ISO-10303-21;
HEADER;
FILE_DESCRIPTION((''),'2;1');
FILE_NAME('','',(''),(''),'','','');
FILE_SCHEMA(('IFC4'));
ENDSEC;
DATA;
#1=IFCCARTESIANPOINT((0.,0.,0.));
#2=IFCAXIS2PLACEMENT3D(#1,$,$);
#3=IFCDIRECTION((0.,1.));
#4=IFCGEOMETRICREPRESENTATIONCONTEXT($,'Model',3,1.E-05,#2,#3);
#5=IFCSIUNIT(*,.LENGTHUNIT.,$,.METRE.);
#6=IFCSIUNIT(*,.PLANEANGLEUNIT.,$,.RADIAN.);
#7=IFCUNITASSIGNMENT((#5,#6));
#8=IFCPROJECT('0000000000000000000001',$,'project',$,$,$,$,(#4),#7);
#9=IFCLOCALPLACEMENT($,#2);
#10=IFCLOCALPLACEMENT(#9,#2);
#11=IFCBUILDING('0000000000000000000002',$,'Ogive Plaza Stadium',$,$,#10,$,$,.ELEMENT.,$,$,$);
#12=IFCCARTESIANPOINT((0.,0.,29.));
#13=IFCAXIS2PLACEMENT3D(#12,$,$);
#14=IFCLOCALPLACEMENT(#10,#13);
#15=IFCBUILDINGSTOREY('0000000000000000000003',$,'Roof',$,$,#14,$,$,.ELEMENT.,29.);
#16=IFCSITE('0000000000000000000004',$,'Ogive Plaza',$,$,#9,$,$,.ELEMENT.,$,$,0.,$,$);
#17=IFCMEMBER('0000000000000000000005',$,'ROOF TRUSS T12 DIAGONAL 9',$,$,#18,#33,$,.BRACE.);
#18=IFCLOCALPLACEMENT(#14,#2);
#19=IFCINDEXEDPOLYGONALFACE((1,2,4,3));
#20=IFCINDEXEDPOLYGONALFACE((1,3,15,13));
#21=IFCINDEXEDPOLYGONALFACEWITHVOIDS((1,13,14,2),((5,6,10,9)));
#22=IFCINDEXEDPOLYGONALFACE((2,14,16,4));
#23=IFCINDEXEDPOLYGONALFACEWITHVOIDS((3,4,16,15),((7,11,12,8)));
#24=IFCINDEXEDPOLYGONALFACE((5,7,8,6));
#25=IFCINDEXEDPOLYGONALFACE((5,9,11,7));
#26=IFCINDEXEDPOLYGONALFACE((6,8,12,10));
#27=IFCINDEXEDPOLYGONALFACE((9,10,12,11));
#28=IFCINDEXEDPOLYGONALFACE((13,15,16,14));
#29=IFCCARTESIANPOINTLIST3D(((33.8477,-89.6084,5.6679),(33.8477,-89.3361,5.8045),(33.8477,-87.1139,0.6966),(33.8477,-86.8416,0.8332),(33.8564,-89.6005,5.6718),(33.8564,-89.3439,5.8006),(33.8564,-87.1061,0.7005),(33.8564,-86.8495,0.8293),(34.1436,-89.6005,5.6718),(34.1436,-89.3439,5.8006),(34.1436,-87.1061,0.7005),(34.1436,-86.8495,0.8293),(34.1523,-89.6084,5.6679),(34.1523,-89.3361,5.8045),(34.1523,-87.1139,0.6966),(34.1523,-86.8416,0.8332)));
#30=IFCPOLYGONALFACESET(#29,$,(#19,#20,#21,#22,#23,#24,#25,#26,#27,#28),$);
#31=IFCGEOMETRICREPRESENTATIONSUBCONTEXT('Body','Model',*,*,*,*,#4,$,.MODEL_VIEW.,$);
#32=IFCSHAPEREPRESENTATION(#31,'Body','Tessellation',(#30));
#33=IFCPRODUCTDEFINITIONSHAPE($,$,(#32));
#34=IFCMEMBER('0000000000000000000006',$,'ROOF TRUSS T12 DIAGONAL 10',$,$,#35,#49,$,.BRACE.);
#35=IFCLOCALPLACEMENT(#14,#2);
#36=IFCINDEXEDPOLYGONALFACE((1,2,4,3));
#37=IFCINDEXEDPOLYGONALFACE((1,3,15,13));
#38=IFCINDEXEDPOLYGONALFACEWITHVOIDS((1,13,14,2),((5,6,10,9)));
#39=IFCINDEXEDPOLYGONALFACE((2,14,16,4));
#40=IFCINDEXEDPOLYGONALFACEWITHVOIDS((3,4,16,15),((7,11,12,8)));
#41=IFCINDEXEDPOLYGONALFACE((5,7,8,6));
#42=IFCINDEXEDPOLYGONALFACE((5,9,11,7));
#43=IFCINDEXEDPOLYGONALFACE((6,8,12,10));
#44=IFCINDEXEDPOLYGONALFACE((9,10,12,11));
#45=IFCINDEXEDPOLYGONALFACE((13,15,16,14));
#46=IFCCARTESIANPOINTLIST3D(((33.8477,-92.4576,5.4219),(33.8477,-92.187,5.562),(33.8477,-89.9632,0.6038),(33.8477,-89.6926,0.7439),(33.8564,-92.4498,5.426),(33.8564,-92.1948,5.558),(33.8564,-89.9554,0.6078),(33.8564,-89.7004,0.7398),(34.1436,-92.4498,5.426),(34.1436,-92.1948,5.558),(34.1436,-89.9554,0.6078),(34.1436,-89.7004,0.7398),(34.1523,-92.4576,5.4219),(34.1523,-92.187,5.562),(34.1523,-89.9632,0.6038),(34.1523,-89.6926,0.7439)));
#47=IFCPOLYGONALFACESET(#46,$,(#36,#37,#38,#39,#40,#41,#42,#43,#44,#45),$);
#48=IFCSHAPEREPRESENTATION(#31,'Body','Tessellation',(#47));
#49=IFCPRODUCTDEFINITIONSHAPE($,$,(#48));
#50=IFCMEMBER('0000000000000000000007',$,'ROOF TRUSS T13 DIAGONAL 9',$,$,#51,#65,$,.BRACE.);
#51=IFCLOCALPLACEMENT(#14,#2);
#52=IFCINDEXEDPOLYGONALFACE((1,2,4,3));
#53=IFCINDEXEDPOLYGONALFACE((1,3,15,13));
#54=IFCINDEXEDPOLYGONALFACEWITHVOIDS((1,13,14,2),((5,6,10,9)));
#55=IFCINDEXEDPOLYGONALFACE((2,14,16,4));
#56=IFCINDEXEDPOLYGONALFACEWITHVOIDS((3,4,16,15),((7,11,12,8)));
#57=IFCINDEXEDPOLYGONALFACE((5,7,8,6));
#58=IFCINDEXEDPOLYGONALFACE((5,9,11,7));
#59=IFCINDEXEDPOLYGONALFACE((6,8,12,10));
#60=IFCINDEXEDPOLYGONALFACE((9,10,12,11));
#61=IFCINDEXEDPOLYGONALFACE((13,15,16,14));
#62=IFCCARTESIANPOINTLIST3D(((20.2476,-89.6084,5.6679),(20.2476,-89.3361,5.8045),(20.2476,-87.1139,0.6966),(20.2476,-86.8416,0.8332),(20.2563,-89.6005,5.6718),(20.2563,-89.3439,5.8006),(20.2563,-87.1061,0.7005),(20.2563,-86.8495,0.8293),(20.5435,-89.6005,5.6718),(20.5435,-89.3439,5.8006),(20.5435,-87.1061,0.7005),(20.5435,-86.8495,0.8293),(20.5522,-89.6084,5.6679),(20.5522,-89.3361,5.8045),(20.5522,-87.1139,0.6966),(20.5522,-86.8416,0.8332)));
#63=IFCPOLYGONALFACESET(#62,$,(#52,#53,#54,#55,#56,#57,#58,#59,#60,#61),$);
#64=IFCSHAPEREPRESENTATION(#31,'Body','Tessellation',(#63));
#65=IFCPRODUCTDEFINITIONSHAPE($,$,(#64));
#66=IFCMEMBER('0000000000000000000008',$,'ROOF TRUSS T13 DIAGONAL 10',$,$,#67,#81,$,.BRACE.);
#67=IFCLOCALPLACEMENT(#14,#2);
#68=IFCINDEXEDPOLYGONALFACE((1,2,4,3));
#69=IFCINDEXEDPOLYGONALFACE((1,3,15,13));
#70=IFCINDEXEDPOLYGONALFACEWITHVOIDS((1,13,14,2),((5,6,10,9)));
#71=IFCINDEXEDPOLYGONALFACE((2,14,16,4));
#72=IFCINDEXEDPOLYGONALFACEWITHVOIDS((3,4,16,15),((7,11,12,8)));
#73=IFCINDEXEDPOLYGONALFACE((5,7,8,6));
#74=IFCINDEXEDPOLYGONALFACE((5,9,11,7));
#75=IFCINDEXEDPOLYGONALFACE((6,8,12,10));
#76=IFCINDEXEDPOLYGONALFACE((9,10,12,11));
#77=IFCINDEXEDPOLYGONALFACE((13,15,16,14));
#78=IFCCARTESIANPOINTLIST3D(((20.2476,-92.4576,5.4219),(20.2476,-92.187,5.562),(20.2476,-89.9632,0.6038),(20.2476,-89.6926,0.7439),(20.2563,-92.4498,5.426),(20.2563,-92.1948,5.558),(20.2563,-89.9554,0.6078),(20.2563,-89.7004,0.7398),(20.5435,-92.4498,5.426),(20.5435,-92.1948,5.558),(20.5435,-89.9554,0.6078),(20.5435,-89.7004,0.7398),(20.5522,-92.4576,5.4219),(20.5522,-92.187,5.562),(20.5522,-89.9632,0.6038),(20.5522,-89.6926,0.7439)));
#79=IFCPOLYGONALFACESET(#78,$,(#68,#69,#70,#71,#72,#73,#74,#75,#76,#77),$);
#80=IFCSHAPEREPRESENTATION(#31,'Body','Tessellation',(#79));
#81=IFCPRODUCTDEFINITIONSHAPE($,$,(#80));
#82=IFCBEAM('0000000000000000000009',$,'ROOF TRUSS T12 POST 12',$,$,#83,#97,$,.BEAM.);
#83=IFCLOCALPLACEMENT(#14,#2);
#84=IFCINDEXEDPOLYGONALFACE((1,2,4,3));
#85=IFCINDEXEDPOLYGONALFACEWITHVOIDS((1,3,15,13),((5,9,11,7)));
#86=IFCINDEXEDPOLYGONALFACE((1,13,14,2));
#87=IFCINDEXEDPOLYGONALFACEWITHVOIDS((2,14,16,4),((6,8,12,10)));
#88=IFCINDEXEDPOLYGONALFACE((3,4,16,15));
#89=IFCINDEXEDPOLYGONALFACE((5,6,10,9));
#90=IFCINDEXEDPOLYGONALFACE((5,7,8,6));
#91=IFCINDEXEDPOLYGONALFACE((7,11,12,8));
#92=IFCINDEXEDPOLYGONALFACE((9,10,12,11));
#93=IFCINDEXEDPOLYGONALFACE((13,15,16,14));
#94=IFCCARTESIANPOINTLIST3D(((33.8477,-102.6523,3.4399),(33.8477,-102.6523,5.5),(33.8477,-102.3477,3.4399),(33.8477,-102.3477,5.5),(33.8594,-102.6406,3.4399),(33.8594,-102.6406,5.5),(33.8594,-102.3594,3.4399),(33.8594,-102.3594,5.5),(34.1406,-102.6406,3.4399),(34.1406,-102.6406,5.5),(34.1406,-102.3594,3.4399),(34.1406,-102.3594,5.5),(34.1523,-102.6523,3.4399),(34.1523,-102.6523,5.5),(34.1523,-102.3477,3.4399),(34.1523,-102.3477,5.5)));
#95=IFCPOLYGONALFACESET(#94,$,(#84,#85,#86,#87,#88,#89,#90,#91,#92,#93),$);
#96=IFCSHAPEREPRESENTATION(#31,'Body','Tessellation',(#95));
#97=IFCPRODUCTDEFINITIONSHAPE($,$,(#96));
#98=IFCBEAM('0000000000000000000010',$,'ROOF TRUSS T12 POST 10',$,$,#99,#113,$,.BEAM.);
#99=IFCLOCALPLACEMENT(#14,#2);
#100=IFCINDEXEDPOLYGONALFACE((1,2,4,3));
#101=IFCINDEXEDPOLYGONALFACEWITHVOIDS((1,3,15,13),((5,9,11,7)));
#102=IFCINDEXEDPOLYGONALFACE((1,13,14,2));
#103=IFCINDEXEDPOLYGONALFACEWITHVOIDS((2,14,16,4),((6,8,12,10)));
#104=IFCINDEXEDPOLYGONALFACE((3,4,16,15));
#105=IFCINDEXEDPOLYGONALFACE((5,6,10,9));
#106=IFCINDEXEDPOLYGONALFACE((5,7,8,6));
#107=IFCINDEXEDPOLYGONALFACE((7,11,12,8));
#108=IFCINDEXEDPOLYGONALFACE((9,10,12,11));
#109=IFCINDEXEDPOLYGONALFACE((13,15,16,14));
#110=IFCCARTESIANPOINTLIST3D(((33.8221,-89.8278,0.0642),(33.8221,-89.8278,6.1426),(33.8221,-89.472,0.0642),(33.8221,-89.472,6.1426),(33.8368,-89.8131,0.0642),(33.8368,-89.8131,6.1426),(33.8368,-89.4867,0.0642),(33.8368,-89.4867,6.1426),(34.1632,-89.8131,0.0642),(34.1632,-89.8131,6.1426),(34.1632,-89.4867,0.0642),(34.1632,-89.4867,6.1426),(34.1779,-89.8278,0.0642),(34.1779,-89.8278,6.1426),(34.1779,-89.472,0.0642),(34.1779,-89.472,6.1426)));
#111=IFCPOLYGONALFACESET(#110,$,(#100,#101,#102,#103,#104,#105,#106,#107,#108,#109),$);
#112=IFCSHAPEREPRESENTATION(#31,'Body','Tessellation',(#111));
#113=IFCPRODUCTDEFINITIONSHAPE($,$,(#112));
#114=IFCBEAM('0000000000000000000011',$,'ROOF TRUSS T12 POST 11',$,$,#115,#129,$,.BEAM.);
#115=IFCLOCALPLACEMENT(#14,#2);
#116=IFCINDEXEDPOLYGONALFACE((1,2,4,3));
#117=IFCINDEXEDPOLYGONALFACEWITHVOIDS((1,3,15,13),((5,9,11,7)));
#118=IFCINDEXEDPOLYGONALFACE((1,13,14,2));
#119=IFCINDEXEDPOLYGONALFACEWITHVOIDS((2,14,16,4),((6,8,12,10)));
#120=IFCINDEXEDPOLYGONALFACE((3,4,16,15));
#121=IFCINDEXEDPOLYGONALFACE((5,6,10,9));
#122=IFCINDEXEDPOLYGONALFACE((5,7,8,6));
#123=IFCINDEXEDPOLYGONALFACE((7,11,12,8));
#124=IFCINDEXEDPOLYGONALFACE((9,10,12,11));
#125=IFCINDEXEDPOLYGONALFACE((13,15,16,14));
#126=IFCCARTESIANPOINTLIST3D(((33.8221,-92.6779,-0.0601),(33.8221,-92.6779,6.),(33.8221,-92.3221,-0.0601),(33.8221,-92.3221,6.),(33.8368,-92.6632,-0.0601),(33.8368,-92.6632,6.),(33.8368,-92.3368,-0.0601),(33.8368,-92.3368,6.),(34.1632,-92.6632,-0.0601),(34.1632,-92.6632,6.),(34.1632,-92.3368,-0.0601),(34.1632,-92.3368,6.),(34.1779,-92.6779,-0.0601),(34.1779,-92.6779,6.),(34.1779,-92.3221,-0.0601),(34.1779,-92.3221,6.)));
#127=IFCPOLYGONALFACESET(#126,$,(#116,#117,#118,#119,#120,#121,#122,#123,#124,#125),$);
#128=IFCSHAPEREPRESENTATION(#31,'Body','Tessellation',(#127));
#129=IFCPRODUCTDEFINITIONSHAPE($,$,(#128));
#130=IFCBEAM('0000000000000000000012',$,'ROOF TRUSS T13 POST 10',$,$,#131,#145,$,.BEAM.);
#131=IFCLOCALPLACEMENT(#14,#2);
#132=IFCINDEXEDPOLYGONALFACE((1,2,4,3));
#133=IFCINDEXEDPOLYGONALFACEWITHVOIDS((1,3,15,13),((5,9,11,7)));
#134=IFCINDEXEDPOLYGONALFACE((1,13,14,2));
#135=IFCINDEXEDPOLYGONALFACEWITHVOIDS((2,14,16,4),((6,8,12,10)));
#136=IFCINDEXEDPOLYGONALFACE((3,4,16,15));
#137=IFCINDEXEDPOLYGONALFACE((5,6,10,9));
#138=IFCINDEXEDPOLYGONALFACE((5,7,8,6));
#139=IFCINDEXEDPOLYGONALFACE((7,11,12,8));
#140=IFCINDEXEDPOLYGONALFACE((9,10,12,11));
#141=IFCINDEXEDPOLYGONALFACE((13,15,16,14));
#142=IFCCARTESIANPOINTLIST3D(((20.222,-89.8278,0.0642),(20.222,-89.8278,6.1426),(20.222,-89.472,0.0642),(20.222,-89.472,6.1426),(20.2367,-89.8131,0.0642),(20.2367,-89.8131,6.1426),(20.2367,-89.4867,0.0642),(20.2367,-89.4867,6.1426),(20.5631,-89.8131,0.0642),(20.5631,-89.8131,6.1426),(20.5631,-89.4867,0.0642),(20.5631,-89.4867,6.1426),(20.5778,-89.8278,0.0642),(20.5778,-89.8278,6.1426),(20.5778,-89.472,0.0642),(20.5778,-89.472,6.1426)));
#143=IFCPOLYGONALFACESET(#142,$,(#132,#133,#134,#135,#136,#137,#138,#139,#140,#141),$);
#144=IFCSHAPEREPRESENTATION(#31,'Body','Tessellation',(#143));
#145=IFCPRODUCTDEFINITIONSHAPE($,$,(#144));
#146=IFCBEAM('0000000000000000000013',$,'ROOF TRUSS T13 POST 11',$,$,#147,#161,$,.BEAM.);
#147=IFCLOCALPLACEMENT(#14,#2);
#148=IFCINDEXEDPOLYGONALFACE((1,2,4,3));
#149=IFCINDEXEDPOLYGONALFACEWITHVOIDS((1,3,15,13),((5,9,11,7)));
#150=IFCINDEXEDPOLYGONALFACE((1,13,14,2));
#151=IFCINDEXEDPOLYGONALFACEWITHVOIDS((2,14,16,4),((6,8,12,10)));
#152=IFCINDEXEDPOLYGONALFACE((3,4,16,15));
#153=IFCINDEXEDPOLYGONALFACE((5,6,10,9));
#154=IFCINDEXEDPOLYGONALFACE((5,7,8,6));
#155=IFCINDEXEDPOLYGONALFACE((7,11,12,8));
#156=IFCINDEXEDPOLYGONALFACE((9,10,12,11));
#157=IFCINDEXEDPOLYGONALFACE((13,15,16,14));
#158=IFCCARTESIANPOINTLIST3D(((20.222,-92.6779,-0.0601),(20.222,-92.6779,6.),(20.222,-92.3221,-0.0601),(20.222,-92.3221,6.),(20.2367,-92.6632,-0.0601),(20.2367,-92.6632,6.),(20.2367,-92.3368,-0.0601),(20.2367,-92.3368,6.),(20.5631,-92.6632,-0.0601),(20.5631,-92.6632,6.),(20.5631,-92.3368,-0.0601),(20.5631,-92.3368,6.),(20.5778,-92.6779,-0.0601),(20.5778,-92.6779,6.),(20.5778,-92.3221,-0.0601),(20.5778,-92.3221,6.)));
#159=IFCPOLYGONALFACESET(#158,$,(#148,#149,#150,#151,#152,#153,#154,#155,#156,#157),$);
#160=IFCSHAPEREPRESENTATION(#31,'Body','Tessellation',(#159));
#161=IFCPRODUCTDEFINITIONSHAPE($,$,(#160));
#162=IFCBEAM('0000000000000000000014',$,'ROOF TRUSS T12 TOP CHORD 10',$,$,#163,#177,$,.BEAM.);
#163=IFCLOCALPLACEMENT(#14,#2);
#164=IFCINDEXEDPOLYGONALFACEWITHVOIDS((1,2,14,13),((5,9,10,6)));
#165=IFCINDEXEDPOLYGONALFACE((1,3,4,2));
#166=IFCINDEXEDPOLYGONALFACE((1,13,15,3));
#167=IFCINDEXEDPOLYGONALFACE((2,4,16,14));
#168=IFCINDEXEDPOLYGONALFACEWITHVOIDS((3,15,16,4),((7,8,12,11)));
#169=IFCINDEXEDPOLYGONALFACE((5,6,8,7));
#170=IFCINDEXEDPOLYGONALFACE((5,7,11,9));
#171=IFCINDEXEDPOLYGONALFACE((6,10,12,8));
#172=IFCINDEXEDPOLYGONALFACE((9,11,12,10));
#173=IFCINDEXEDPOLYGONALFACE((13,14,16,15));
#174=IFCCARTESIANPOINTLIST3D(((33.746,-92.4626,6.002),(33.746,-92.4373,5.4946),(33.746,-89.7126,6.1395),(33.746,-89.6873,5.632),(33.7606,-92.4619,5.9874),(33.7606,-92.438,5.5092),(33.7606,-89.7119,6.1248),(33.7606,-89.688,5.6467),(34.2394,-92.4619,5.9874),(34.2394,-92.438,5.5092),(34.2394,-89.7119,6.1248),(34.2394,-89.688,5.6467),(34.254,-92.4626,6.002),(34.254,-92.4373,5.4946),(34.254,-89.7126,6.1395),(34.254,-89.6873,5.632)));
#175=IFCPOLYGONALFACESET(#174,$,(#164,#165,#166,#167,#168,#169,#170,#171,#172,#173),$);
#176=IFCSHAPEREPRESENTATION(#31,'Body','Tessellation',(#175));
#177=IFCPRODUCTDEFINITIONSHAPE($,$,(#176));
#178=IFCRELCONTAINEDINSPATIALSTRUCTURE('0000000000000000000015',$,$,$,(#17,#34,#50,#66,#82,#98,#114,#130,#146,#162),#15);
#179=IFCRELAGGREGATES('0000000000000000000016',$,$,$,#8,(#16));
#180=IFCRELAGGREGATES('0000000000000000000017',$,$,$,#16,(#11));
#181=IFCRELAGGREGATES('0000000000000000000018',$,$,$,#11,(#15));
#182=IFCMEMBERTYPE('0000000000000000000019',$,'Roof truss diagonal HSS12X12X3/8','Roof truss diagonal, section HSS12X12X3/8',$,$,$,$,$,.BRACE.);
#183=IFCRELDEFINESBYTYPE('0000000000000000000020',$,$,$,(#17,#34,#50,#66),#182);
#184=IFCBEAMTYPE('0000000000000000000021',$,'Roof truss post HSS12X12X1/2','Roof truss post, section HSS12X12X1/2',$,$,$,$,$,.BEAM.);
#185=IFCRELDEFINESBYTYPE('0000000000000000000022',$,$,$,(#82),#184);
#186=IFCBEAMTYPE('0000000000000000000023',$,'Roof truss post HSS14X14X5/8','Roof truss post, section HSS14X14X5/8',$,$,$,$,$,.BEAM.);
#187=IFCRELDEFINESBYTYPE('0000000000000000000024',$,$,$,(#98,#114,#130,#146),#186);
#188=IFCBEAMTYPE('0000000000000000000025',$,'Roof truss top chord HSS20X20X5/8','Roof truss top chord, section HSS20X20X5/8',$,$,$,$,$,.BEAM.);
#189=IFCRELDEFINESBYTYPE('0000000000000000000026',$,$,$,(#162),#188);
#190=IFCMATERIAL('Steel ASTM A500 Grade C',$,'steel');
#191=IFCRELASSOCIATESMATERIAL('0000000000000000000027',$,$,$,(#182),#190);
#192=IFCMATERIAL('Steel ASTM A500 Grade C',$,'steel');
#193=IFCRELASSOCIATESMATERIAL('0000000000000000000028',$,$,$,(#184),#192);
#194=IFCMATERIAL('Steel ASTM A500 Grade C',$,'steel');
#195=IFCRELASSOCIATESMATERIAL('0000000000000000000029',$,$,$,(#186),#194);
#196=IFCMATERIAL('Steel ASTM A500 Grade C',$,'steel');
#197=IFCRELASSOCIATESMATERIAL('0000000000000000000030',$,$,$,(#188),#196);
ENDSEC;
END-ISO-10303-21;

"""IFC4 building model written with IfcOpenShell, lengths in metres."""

from ifc_helpers import new_model, si_unit, direction, frame, origin, origin_2d, place, context, subcontext, project, spatial, hollow_rectangle, extrude, material, material_profile, profile_set, type_object, element, save


model = new_model("IFC4")

# Units and contexts
model_context = context("Model", 3, precision=1e-05, world=origin(), true_north=direction((0.0, 1.0)))
body_context = subcontext(model_context, "Body", "Model", "MODEL_VIEW")
ifc_project = project(units=[si_unit("LENGTHUNIT", "METRE"), si_unit("PLANEANGLEUNIT", "RADIAN")], contexts=[model_context])

# Site, building, storey
site_placement = place(None, origin())
site = spatial("IfcSite", under=ifc_project, at=site_placement, Name="Ogive Plaza", CompositionType="ELEMENT", RefElevation=0.0)
building_placement = place(site_placement, origin())
building = spatial("IfcBuilding", under=site, at=building_placement, Name="Ogive Plaza Stadium", CompositionType="ELEMENT")
storey_placement = place(building_placement, frame((0.0, 0.0, 29.0)))
storey = spatial("IfcBuildingStorey", under=building, at=storey_placement, Name="Roof", CompositionType="ELEMENT", Elevation=29.0)

# Members
ifc_material_1 = material(Name="Steel ASTM A500 Grade C", Category="steel")
ifc_material_profile_1 = material_profile(ifc_material_1, hollow_rectangle(XDim=0.3047, YDim=0.3047, WallThickness=0.0088, at=origin_2d()), Name="HSS12X12X3/8")
ifc_profile_set_1 = profile_set([ifc_material_profile_1], Name="Steel ASTM A500 Grade C")
member_type_1 = type_object("IfcMemberType", Name="Roof truss diagonal HSS12X12X3/8", Description="Roof truss diagonal, section HSS12X12X3/8", PredefinedType="BRACE", material=ifc_profile_set_1)
member_1_placement = place(storey_placement, frame((34.0, -86.9778, 0.7649), z_axis=(0.0, -0.448477, 0.893794), x_axis=(1.0, 0.0, 0.0)))
element("IfcMember", 1, at=member_1_placement, inside=storey, type_object=member_type_1, Name="ROOF TRUSS T12 DIAGONAL 9", PredefinedType="BRACE", context=body_context, shape_type="SweptSolid", body=[
    extrude(hollow_rectangle(XDim=0.3047, YDim=0.3047, WallThickness=0.0088, at=origin_2d()), origin(), (0.0, 0.0, 1.0), 5.562),
])
member_2_placement = place(storey_placement, frame((34.0, -89.8279, 0.6738), z_axis=(0.0, -0.459751, 0.888048), x_axis=(1.0, 0.0, 0.0)))
element("IfcMember", 2, at=member_2_placement, inside=storey, type_object=member_type_1, Name="ROOF TRUSS T12 DIAGONAL 10", PredefinedType="BRACE", context=body_context, shape_type="SweptSolid", body=[
    extrude(hollow_rectangle(XDim=0.3047, YDim=0.3047, WallThickness=0.0088, at=origin_2d()), origin(), (0.0, 0.0, 1.0), 5.4255),
])
member_3_placement = place(storey_placement, frame((20.3999, -86.9778, 0.7649), z_axis=(0.0, -0.448477, 0.893794), x_axis=(1.0, 0.0, 0.0)))
element("IfcMember", 3, at=member_3_placement, inside=storey, type_object=member_type_1, Name="ROOF TRUSS T13 DIAGONAL 9", PredefinedType="BRACE", context=body_context, shape_type="SweptSolid", body=[
    extrude(hollow_rectangle(XDim=0.3047, YDim=0.3047, WallThickness=0.0088, at=origin_2d()), origin(), (0.0, 0.0, 1.0), 5.562),
])
member_4_placement = place(storey_placement, frame((20.3999, -89.8279, 0.6738), z_axis=(0.0, -0.459751, 0.888048), x_axis=(1.0, 0.0, 0.0)))
element("IfcMember", 4, at=member_4_placement, inside=storey, type_object=member_type_1, Name="ROOF TRUSS T13 DIAGONAL 10", PredefinedType="BRACE", context=body_context, shape_type="SweptSolid", body=[
    extrude(hollow_rectangle(XDim=0.3047, YDim=0.3047, WallThickness=0.0088, at=origin_2d()), origin(), (0.0, 0.0, 1.0), 5.4255),
])

# Beams
ifc_material_2 = material(Name="Steel ASTM A500 Grade C", Category="steel")
ifc_material_profile_2 = material_profile(ifc_material_2, hollow_rectangle(XDim=0.3047, YDim=0.3047, WallThickness=0.0117, at=origin_2d()), Name="HSS12X12X1/2")
ifc_profile_set_2 = profile_set([ifc_material_profile_2], Name="Steel ASTM A500 Grade C")
beam_type_1 = type_object("IfcBeamType", Name="Roof truss post HSS12X12X1/2", Description="Roof truss post, section HSS12X12X1/2", PredefinedType="BEAM", material=ifc_profile_set_2)
beam_1_placement = place(storey_placement, frame((34.0, -102.5, 3.4399), z_axis=(0.0, 0.0, 1.0), x_axis=(1.0, 0.0, 0.0)))
element("IfcBeam", 5, at=beam_1_placement, inside=storey, type_object=beam_type_1, Name="ROOF TRUSS T12 POST 12", PredefinedType="BEAM", context=body_context, shape_type="SweptSolid", body=[
    extrude(hollow_rectangle(XDim=0.3047, YDim=0.3047, WallThickness=0.0117, at=origin_2d()), origin(), (0.0, 0.0, 1.0), 2.0601),
])
ifc_material_3 = material(Name="Steel ASTM A500 Grade C", Category="steel")
ifc_material_profile_3 = material_profile(ifc_material_3, hollow_rectangle(XDim=0.3557, YDim=0.3557, WallThickness=0.0146, at=origin_2d()), Name="HSS14X14X5/8")
ifc_profile_set_3 = profile_set([ifc_material_profile_3], Name="Steel ASTM A500 Grade C")
beam_type_2 = type_object("IfcBeamType", Name="Roof truss post HSS14X14X5/8", Description="Roof truss post, section HSS14X14X5/8", PredefinedType="BEAM", material=ifc_profile_set_3)
beam_2_placement = place(storey_placement, frame((34.0, -89.6499, 0.0642), z_axis=(0.0, 0.0, 1.0), x_axis=(1.0, 0.0, 0.0)))
element("IfcBeam", 6, at=beam_2_placement, inside=storey, type_object=beam_type_2, Name="ROOF TRUSS T12 POST 10", PredefinedType="BEAM", context=body_context, shape_type="SweptSolid", body=[
    extrude(hollow_rectangle(XDim=0.3557, YDim=0.3557, WallThickness=0.0146, at=origin_2d()), origin(), (0.0, 0.0, 1.0), 6.0784),
])
beam_3_placement = place(storey_placement, frame((34.0, -92.5, -0.0601), z_axis=(0.0, 0.0, 1.0), x_axis=(1.0, 0.0, 0.0)))
element("IfcBeam", 7, at=beam_3_placement, inside=storey, type_object=beam_type_2, Name="ROOF TRUSS T12 POST 11", PredefinedType="BEAM", context=body_context, shape_type="SweptSolid", body=[
    extrude(hollow_rectangle(XDim=0.3557, YDim=0.3557, WallThickness=0.0146, at=origin_2d()), origin(), (0.0, 0.0, 1.0), 6.0601),
])
beam_4_placement = place(storey_placement, frame((20.3999, -89.6499, 0.0642), z_axis=(0.0, 0.0, 1.0), x_axis=(1.0, 0.0, 0.0)))
element("IfcBeam", 8, at=beam_4_placement, inside=storey, type_object=beam_type_2, Name="ROOF TRUSS T13 POST 10", PredefinedType="BEAM", context=body_context, shape_type="SweptSolid", body=[
    extrude(hollow_rectangle(XDim=0.3557, YDim=0.3557, WallThickness=0.0146, at=origin_2d()), origin(), (0.0, 0.0, 1.0), 6.0784),
])
beam_5_placement = place(storey_placement, frame((20.3999, -92.5, -0.0601), z_axis=(0.0, 0.0, 1.0), x_axis=(1.0, 0.0, 0.0)))
element("IfcBeam", 9, at=beam_5_placement, inside=storey, type_object=beam_type_2, Name="ROOF TRUSS T13 POST 11", PredefinedType="BEAM", context=body_context, shape_type="SweptSolid", body=[
    extrude(hollow_rectangle(XDim=0.3557, YDim=0.3557, WallThickness=0.0146, at=origin_2d()), origin(), (0.0, 0.0, 1.0), 6.0601),
])
ifc_material_4 = material(Name="Steel ASTM A500 Grade C", Category="steel")
ifc_material_profile_4 = material_profile(ifc_material_4, hollow_rectangle(XDim=0.5081, YDim=0.5081, WallThickness=0.0146, at=origin_2d()), Name="HSS20X20X5/8")
ifc_profile_set_4 = profile_set([ifc_material_profile_4], Name="Steel ASTM A500 Grade C")
beam_type_3 = type_object("IfcBeamType", Name="Roof truss top chord HSS20X20X5/8", Description="Roof truss top chord, section HSS20X20X5/8", PredefinedType="BEAM", material=ifc_profile_set_4)
for number, where, z_axis, x_axis, name in (
    (10, (34.0, -89.7, 5.8857), (0.0, -0.998753, -0.04992), (1.0, 0.0, 0.0), "ROOF TRUSS T12 TOP CHORD 10"),
):
    element("IfcBeam", number, at=place(storey_placement, frame(where, z_axis=z_axis, x_axis=x_axis)), inside=storey, type_object=beam_type_3, Name=name, PredefinedType="BEAM", context=body_context, shape_type="SweptSolid", body=[
        extrude(hollow_rectangle(XDim=0.5081, YDim=0.5081, WallThickness=0.0146, at=origin_2d()), origin(), (0.0, 0.0, 1.0), 2.7534),
    ])

save(model, "model.ifc")
